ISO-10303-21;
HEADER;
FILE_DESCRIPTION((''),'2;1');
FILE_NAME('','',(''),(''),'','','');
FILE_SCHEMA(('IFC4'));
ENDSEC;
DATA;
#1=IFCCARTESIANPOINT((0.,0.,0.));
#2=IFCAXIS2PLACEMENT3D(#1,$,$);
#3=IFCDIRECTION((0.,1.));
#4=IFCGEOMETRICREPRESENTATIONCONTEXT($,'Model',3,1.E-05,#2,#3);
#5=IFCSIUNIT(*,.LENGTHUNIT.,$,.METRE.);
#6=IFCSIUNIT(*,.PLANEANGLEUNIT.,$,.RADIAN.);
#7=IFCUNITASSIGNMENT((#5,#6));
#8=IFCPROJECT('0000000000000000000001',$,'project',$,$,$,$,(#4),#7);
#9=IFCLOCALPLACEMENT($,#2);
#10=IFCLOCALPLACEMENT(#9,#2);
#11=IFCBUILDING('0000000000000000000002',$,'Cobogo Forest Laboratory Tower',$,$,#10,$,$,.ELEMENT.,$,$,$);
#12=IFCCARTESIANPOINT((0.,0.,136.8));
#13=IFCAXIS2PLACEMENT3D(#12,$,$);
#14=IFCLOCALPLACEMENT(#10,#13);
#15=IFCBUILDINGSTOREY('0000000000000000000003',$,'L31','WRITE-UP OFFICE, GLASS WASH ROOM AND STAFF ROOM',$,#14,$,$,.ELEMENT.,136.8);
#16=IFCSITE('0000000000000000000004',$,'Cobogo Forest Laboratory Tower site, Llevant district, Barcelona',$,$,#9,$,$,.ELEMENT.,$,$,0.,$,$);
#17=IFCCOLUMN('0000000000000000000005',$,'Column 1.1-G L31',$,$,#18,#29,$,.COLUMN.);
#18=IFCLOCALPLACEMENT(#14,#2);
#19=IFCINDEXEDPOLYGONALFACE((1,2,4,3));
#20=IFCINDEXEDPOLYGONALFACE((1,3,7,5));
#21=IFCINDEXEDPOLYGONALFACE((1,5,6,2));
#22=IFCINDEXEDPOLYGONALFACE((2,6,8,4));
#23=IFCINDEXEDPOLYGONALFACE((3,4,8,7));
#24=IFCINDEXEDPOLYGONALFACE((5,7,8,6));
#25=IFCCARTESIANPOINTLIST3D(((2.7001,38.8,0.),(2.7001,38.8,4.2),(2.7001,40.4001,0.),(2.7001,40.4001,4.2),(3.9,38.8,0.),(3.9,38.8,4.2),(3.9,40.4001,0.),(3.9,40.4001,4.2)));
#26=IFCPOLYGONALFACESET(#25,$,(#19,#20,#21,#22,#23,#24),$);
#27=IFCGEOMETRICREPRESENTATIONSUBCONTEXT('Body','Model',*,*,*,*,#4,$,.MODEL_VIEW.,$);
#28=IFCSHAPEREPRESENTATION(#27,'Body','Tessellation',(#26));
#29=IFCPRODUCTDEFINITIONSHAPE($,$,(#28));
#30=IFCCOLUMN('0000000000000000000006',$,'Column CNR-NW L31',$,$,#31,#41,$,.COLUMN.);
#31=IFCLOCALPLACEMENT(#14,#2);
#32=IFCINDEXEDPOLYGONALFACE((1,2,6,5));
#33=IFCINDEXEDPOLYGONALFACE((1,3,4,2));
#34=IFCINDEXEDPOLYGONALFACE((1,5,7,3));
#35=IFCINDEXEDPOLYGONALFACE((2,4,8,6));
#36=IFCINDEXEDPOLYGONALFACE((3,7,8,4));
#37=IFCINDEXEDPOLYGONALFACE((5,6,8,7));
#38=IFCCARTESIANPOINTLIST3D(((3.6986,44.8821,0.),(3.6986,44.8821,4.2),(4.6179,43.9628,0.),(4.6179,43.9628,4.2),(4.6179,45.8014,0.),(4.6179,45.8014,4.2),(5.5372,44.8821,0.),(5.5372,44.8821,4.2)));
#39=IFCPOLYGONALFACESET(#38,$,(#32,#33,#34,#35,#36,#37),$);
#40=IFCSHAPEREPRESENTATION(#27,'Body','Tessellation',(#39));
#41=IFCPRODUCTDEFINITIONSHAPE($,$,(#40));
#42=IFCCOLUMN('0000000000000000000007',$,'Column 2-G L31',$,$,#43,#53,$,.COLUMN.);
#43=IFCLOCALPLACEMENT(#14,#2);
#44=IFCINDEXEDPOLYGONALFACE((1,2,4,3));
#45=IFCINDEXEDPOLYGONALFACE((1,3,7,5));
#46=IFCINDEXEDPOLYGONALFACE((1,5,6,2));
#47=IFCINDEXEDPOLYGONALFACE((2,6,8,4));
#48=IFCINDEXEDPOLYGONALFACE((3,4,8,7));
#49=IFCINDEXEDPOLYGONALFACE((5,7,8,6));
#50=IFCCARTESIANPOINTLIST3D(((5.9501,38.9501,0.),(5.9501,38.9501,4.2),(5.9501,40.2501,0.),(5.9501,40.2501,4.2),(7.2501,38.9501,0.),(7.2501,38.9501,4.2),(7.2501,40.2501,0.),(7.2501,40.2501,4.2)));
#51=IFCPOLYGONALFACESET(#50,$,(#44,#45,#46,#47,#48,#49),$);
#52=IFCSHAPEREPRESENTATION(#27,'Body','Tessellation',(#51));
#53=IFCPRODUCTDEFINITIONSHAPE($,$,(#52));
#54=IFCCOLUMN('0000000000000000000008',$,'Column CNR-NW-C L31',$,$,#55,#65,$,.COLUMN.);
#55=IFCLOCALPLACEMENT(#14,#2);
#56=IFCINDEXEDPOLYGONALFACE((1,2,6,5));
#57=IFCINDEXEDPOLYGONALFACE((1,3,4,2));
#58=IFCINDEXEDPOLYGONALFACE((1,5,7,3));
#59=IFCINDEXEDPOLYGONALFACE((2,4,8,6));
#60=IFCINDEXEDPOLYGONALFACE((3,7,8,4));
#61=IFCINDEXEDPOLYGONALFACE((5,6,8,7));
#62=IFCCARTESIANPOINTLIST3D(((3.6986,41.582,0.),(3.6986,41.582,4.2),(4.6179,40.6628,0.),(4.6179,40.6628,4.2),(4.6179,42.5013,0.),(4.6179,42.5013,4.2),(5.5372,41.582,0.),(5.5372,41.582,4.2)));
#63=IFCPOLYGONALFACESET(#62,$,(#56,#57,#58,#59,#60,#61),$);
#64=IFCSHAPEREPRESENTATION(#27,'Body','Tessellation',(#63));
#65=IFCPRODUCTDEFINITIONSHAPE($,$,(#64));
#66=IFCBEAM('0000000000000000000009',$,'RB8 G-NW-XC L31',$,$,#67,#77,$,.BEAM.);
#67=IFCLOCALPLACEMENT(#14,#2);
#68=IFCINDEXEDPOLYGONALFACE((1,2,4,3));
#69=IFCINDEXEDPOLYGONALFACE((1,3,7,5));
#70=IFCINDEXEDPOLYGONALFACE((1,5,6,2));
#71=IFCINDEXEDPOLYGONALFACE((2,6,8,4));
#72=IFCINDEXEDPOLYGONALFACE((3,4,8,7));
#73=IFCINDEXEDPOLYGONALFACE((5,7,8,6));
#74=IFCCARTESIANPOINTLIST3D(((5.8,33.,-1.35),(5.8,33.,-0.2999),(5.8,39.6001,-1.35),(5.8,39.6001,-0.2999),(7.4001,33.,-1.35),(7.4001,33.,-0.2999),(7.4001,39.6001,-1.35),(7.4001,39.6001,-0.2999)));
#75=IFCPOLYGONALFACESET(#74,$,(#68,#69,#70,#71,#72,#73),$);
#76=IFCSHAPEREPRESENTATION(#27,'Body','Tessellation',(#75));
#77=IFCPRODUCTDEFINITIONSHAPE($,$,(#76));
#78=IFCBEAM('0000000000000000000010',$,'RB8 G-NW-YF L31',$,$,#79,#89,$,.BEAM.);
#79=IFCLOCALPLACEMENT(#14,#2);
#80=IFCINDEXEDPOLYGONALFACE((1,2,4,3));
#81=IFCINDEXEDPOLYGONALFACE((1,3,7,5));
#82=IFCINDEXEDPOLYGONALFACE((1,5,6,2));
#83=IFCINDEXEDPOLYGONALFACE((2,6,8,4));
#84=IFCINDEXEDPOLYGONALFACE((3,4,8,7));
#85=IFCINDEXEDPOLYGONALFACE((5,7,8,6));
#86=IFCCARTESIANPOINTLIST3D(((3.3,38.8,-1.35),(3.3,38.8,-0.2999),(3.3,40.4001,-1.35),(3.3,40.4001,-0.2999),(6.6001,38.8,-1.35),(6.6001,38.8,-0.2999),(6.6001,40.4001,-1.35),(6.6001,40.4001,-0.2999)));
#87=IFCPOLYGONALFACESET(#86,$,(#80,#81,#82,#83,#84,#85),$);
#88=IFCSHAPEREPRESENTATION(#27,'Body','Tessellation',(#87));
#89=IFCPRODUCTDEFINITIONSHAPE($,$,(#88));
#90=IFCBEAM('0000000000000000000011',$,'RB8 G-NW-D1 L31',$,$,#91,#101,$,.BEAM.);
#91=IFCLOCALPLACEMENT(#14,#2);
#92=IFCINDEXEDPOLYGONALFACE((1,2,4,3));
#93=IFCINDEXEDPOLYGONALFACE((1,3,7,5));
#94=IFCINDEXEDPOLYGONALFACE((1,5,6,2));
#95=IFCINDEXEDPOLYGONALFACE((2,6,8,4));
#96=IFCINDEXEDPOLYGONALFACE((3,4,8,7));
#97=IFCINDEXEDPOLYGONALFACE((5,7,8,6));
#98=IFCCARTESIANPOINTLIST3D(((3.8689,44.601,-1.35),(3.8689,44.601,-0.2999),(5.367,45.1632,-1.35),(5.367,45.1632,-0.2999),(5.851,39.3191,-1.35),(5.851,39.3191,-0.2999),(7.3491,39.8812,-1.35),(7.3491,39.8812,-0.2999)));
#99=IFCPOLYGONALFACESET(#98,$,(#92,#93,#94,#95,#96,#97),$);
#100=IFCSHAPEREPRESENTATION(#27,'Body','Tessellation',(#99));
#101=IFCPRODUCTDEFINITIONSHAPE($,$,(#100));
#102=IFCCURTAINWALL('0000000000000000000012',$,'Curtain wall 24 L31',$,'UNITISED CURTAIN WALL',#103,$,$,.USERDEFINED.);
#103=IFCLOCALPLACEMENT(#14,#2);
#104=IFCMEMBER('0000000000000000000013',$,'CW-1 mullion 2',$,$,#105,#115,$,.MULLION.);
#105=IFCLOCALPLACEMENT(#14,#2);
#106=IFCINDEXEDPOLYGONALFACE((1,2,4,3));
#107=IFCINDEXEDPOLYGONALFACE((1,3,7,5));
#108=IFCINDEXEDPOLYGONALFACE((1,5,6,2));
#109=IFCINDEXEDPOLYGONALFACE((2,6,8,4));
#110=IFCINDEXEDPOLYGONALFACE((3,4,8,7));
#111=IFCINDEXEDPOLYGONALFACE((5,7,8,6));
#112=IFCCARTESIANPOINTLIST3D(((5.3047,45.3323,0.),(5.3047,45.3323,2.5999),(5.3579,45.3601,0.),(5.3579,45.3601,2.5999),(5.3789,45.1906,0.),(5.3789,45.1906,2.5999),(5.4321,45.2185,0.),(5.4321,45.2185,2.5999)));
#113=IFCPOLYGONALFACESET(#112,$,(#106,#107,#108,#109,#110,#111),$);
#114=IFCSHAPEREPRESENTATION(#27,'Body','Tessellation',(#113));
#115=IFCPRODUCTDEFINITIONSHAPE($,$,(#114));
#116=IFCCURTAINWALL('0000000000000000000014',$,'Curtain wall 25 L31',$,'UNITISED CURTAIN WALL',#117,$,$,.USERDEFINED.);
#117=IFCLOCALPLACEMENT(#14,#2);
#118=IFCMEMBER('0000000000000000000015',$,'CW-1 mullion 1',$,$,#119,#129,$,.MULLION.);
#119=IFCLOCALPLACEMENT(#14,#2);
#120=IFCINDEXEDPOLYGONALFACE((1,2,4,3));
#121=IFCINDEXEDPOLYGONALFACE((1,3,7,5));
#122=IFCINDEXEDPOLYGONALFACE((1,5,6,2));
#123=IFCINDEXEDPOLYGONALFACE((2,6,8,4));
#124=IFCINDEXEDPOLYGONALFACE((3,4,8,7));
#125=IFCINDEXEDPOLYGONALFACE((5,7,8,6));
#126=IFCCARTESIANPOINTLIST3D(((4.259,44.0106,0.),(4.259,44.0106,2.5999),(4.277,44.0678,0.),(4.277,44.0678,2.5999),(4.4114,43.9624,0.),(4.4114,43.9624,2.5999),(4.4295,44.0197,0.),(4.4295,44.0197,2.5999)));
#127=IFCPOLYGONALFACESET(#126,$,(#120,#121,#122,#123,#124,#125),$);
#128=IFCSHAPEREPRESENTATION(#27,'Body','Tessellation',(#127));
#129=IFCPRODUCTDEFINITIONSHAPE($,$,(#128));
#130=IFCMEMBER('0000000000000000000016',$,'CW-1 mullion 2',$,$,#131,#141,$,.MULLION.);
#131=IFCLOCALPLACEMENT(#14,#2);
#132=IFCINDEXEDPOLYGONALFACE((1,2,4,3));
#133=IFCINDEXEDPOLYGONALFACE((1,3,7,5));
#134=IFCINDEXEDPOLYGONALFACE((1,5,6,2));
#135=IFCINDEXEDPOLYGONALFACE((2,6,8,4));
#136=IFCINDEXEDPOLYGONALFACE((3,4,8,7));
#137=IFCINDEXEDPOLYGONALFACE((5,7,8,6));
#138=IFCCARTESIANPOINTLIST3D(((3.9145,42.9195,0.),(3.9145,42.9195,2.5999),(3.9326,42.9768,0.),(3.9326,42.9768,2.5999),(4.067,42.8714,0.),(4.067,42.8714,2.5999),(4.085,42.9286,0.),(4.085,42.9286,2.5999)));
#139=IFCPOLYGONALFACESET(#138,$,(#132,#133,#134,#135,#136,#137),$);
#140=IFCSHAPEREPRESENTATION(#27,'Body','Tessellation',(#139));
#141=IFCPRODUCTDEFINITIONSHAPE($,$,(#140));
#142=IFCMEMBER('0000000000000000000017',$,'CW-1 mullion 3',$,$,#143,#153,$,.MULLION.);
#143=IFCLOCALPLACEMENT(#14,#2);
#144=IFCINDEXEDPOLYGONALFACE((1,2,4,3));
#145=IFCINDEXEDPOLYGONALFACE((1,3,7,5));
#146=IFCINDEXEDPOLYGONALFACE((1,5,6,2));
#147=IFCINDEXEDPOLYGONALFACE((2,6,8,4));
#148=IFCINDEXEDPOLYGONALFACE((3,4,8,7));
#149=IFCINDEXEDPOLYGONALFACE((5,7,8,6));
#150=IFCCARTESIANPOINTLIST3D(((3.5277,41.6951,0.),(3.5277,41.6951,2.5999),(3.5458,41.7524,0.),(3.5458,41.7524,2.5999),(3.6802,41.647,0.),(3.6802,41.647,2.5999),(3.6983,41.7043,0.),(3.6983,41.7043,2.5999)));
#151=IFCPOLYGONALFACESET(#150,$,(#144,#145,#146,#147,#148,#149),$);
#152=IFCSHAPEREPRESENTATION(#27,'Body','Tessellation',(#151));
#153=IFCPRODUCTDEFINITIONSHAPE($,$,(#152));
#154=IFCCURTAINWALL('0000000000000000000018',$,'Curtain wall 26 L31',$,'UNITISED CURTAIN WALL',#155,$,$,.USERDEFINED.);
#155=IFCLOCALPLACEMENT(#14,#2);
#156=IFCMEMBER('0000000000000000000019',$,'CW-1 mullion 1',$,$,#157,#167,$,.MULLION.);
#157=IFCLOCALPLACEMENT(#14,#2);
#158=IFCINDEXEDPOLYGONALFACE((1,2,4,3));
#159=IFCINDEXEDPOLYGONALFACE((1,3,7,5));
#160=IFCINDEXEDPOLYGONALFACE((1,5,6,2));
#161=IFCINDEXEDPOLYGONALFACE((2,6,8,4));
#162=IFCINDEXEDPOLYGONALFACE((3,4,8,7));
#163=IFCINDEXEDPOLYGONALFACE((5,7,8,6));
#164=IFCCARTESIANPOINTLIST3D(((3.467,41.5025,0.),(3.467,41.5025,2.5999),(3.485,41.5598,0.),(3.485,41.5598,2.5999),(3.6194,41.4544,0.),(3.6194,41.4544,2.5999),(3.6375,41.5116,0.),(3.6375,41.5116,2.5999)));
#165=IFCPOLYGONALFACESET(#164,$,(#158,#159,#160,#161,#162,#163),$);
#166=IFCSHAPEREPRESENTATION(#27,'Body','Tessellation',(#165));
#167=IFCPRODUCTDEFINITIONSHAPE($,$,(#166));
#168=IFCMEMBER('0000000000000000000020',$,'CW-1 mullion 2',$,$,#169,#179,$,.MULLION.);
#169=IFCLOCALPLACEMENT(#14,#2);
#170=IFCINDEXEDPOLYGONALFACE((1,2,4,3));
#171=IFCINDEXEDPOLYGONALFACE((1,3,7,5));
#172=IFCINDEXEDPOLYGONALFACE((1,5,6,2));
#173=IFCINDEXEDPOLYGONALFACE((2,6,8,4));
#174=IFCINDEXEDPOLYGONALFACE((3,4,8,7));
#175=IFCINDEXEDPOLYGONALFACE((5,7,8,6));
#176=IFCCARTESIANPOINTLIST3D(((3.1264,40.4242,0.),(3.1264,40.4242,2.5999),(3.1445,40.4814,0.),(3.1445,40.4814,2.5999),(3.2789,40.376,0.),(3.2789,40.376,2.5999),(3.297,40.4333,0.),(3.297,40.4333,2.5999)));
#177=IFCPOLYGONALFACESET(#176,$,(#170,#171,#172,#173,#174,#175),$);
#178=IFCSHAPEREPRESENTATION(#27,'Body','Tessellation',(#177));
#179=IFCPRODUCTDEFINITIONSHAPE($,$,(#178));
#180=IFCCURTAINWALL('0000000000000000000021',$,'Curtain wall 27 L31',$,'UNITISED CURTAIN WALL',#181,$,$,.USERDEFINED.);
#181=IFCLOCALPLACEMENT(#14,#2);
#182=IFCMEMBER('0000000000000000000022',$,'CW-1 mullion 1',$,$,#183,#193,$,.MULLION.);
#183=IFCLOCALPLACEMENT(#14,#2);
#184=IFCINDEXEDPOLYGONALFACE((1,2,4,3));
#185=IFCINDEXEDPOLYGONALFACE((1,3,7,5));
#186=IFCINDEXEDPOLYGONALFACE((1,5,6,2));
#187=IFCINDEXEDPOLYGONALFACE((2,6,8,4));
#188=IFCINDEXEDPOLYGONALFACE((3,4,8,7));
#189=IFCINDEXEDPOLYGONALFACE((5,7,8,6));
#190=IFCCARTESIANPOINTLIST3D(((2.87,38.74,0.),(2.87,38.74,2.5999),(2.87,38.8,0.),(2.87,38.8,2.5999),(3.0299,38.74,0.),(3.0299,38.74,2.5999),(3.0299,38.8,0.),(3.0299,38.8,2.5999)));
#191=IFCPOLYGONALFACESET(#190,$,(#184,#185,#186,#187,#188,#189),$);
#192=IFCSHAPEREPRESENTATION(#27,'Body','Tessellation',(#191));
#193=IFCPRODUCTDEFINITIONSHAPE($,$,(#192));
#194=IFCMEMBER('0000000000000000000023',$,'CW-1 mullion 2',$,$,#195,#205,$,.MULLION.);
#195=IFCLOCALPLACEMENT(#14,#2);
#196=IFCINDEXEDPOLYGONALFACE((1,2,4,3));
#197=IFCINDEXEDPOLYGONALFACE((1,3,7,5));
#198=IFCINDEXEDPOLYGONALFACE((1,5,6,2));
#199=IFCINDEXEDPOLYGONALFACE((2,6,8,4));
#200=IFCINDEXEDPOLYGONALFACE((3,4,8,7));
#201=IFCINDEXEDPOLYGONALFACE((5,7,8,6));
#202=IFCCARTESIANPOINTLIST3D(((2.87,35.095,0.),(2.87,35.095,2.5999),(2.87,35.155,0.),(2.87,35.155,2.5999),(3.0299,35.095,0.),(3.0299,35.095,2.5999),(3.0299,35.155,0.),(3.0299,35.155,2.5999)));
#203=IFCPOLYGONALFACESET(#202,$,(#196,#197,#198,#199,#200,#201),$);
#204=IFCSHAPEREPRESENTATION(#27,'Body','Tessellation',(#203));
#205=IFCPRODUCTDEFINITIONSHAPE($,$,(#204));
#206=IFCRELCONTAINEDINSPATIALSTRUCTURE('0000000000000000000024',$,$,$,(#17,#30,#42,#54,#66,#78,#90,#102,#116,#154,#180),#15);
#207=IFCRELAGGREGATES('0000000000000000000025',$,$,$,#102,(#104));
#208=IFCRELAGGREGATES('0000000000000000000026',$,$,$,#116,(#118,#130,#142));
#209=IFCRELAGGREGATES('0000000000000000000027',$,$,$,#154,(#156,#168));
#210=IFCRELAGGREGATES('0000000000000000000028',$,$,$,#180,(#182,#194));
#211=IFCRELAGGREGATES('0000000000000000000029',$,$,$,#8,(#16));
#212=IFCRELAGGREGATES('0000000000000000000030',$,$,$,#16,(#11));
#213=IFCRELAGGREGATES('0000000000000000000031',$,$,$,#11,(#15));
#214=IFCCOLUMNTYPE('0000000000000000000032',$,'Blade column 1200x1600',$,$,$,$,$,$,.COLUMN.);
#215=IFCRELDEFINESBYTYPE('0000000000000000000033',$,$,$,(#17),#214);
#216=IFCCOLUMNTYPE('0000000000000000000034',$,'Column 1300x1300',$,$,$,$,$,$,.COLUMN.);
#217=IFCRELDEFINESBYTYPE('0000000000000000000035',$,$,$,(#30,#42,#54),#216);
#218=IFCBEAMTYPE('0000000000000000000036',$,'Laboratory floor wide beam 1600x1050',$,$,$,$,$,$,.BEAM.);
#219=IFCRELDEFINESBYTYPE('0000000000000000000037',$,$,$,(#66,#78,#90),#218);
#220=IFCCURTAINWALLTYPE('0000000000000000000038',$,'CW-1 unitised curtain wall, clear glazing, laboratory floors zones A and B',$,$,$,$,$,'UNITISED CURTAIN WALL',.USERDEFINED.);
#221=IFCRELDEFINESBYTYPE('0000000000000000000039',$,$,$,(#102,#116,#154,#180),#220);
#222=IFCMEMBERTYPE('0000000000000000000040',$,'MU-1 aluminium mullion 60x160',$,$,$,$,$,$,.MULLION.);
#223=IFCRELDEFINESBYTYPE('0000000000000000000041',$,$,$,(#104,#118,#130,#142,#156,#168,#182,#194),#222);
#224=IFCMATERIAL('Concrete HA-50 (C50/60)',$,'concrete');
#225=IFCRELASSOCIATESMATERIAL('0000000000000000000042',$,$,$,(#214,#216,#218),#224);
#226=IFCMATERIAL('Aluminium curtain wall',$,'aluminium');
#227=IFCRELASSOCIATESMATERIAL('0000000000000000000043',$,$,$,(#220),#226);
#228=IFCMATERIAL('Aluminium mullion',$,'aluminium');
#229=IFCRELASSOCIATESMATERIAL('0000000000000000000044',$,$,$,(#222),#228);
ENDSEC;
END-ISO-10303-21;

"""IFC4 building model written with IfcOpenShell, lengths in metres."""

from ifc_helpers import new_model, si_unit, direction, frame, origin, origin_2d, place, context, subcontext, project, spatial, rectangle, extrude, material, material_profile, profile_set, type_object, element, aggregate, save


model = new_model("IFC4")

# Units and contexts
model_context = context("Model", 3, precision=1e-05, world=origin(), true_north=direction((0.0, 1.0)))
body_context = subcontext(model_context, "Body", "Model", "MODEL_VIEW")
ifc_project = project(units=[si_unit("LENGTHUNIT", "METRE"), si_unit("PLANEANGLEUNIT", "RADIAN")], contexts=[model_context])

# Site, building, storey
site_placement = place(None, origin())
site = spatial("IfcSite", under=ifc_project, at=site_placement, Name="Cobogo Forest Laboratory Tower site, Llevant district, Barcelona", CompositionType="ELEMENT", RefElevation=0.0)
building_placement = place(site_placement, origin())
building = spatial("IfcBuilding", under=site, at=building_placement, Name="Cobogo Forest Laboratory Tower", CompositionType="ELEMENT")
storey_placement = place(building_placement, frame((0.0, 0.0, 136.8)))
storey = spatial("IfcBuildingStorey", under=building, at=storey_placement, Name="L31", Description="WRITE-UP OFFICE, GLASS WASH ROOM AND STAFF ROOM", CompositionType="ELEMENT", Elevation=136.8)

# Columns
ifc_material_1 = material(Name="Concrete HA-50 (C50/60)", Category="concrete")
ifc_material_profile_1 = material_profile(ifc_material_1, rectangle(XDim=1.6001, YDim=1.2, at=origin_2d()), Name="RC 1200x1600")
ifc_profile_set_1 = profile_set([ifc_material_profile_1], Name="Concrete HA-50 (C50/60)")
column_type_1 = type_object("IfcColumnType", Name="Blade column 1200x1600", PredefinedType="COLUMN", material=ifc_profile_set_1)
column_placement = place(storey_placement, frame((3.3, 39.6001, 0.0), z_axis=(0.0, 0.0, 1.0), x_axis=(0.0, 1.0, 0.0)))
element("IfcColumn", 1, at=column_placement, inside=storey, type_object=column_type_1, Name="Column 1.1-G L31", PredefinedType="COLUMN", context=body_context, shape_type="SweptSolid", body=[
    extrude(rectangle(XDim=1.6001, YDim=1.2, at=origin_2d()), origin(), (0.0, 0.0, 1.0), 4.2),
])
ifc_material_profile_2 = material_profile(ifc_material_1, rectangle(XDim=1.3, YDim=1.3, at=origin_2d()), Name="RC 1300x1300")
ifc_profile_set_2 = profile_set([ifc_material_profile_2], Name="Concrete HA-50 (C50/60)")
column_type_2 = type_object("IfcColumnType", Name="Column 1300x1300", PredefinedType="COLUMN", material=ifc_profile_set_2)
for number, where, z_axis, x_axis, name in (
    (2, (4.6179, 44.8821, 0.0), (0.0, 0.0, 1.0), (0.707107, 0.707107, 0.0), "Column CNR-NW L31"),
    (3, (6.6001, 39.6001, 0.0), (0.0, 0.0, 1.0), (1.0, 0.0, 0.0), "Column 2-G L31"),
    (4, (4.6179, 41.582, 0.0), (0.0, 0.0, 1.0), (0.707107, 0.707107, 0.0), "Column CNR-NW-C L31"),
):
    element("IfcColumn", number, at=place(storey_placement, frame(where, z_axis=z_axis, x_axis=x_axis)), inside=storey, type_object=column_type_2, Name=name, PredefinedType="COLUMN", context=body_context, shape_type="SweptSolid", body=[
        extrude(rectangle(XDim=1.3, YDim=1.3, at=origin_2d()), origin(), (0.0, 0.0, 1.0), 4.2),
    ])

# Beams
ifc_material_profile_3 = material_profile(ifc_material_1, rectangle(XDim=1.6001, YDim=1.05, at=origin_2d()), Name="RC 1600x1050")
ifc_profile_set_3 = profile_set([ifc_material_profile_3], Name="Concrete HA-50 (C50/60)")
beam_type_1 = type_object("IfcBeamType", Name="Laboratory floor wide beam 1600x1050", PredefinedType="BEAM", material=ifc_profile_set_3)
beam_1_placement = place(storey_placement, frame((6.6001, 39.6001, -0.825), z_axis=(0.0, -1.0, 0.0), x_axis=(1.0, 0.0, 0.0)))
element("IfcBeam", 5, at=beam_1_placement, inside=storey, type_object=beam_type_1, Name="RB8 G-NW-XC L31", PredefinedType="BEAM", context=body_context, shape_type="SweptSolid", body=[
    extrude(rectangle(XDim=1.6001, YDim=1.05, at=origin_2d()), origin(), (0.0, 0.0, 1.0), 6.6001),
])
beam_2_placement = place(storey_placement, frame((3.3, 39.6001, -0.825), z_axis=(1.0, 0.0, 0.0), x_axis=(0.0, 1.0, 0.0)))
element("IfcBeam", 6, at=beam_2_placement, inside=storey, type_object=beam_type_1, Name="RB8 G-NW-YF L31", PredefinedType="BEAM", context=body_context, shape_type="SweptSolid", body=[
    extrude(rectangle(XDim=1.6001, YDim=1.05, at=origin_2d()), origin(), (0.0, 0.0, 1.0), 3.3),
])
beam_3_placement = place(storey_placement, frame((4.6179, 44.8821, -0.825), z_axis=(0.351346, -0.936246, 0.0), x_axis=(0.936246, 0.351346, 0.0)))
element("IfcBeam", 7, at=beam_3_placement, inside=storey, type_object=beam_type_1, Name="RB8 G-NW-D1 L31", PredefinedType="BEAM", context=body_context, shape_type="SweptSolid", body=[
    extrude(rectangle(XDim=1.6001, YDim=1.05, at=origin_2d()), origin(), (0.0, 0.0, 1.0), 5.6416),
])

# Curtain wall, member
ifc_material_2 = material(Name="Aluminium curtain wall", Category="aluminium")
curtain_wall_type = type_object("IfcCurtainWallType", Name="CW-1 unitised curtain wall, clear glazing, laboratory floors zones A and B", ElementType="UNITISED CURTAIN WALL", PredefinedType="USERDEFINED", material=ifc_material_2)
curtain_wall_1_placement = place(storey_placement, origin())
curtain_wall_1 = element("IfcCurtainWall", 8, at=curtain_wall_1_placement, inside=storey, type_object=curtain_wall_type, Name="Curtain wall 24 L31", ObjectType="UNITISED CURTAIN WALL", PredefinedType="USERDEFINED")
ifc_material_3 = material(Name="Aluminium mullion", Category="aluminium")
ifc_material_profile_4 = material_profile(ifc_material_3, rectangle(XDim=0.0601, YDim=0.1599, at=origin_2d()), Name="AL 60x160")
ifc_profile_set_4 = profile_set([ifc_material_profile_4], Name="Aluminium mullion")
member_type_1 = type_object("IfcMemberType", Name="MU-1 aluminium mullion 60x160", PredefinedType="MULLION", material=ifc_profile_set_4)
member_1_placement = place(storey_placement, frame((5.3684, 45.2754, 0.0), z_axis=(0.0, 0.0, 1.0), x_axis=(-0.885687, -0.464284, 0.0)))
member_1 = element("IfcMember", 9, at=member_1_placement, type_object=member_type_1, Name="CW-1 mullion 2", PredefinedType="MULLION", context=body_context, shape_type="SweptSolid", body=[
    extrude(rectangle(XDim=0.0601, YDim=0.1599, at=origin_2d()), origin(), (0.0, 0.0, 1.0), 2.5999),
])

# Curtain walls, members
curtain_wall_2_placement = place(storey_placement, origin())
curtain_wall_2 = element("IfcCurtainWall", 10, at=curtain_wall_2_placement, inside=storey, type_object=curtain_wall_type, Name="Curtain wall 25 L31", ObjectType="UNITISED CURTAIN WALL", PredefinedType="USERDEFINED")
member_2_placement = place(storey_placement, frame((4.3442, 44.0151, 0.0), z_axis=(0.0, 0.0, 1.0), x_axis=(-0.301135, -0.953581, 0.0)))
member_2 = element("IfcMember", 11, at=member_2_placement, type_object=member_type_1, Name="CW-1 mullion 1", PredefinedType="MULLION", context=body_context, shape_type="SweptSolid", body=[
    extrude(rectangle(XDim=0.0601, YDim=0.1599, at=origin_2d()), origin(), (0.0, 0.0, 1.0), 2.5999),
])
member_3_placement = place(storey_placement, frame((3.9998, 42.9241, 0.0), z_axis=(0.0, 0.0, 1.0), x_axis=(-0.301135, -0.953581, 0.0)))
member_3 = element("IfcMember", 12, at=member_3_placement, type_object=member_type_1, Name="CW-1 mullion 2", PredefinedType="MULLION", context=body_context, shape_type="SweptSolid", body=[
    extrude(rectangle(XDim=0.0601, YDim=0.1599, at=origin_2d()), origin(), (0.0, 0.0, 1.0), 2.5999),
])
member_4_placement = place(storey_placement, frame((3.613, 41.6997, 0.0), z_axis=(0.0, 0.0, 1.0), x_axis=(-0.301135, -0.953581, 0.0)))
member_4 = element("IfcMember", 13, at=member_4_placement, type_object=member_type_1, Name="CW-1 mullion 3", PredefinedType="MULLION", context=body_context, shape_type="SweptSolid", body=[
    extrude(rectangle(XDim=0.0601, YDim=0.1599, at=origin_2d()), origin(), (0.0, 0.0, 1.0), 2.5999),
])
curtain_wall_3_placement = place(storey_placement, origin())
curtain_wall_3 = element("IfcCurtainWall", 14, at=curtain_wall_3_placement, inside=storey, type_object=curtain_wall_type, Name="Curtain wall 26 L31", ObjectType="UNITISED CURTAIN WALL", PredefinedType="USERDEFINED")
member_5_placement = place(storey_placement, frame((3.5522, 41.5071, 0.0), z_axis=(0.0, 0.0, 1.0), x_axis=(-0.301136, -0.953581, 0.0)))
member_5 = element("IfcMember", 15, at=member_5_placement, type_object=member_type_1, Name="CW-1 mullion 1", PredefinedType="MULLION", context=body_context, shape_type="SweptSolid", body=[
    extrude(rectangle(XDim=0.0601, YDim=0.1599, at=origin_2d()), origin(), (0.0, 0.0, 1.0), 2.5999),
])
member_6_placement = place(storey_placement, frame((3.2117, 40.4287, 0.0), z_axis=(0.0, 0.0, 1.0), x_axis=(-0.301136, -0.953581, 0.0)))
member_6 = element("IfcMember", 16, at=member_6_placement, type_object=member_type_1, Name="CW-1 mullion 2", PredefinedType="MULLION", context=body_context, shape_type="SweptSolid", body=[
    extrude(rectangle(XDim=0.0601, YDim=0.1599, at=origin_2d()), origin(), (0.0, 0.0, 1.0), 2.5999),
])
curtain_wall_4_placement = place(storey_placement, origin())
curtain_wall_4 = element("IfcCurtainWall", 17, at=curtain_wall_4_placement, inside=storey, type_object=curtain_wall_type, Name="Curtain wall 27 L31", ObjectType="UNITISED CURTAIN WALL", PredefinedType="USERDEFINED")
member_7_placement = place(storey_placement, frame((2.95, 38.77, 0.0), z_axis=(0.0, 0.0, 1.0), x_axis=(0.0, -1.0, 0.0)))
member_7 = element("IfcMember", 18, at=member_7_placement, type_object=member_type_1, Name="CW-1 mullion 1", PredefinedType="MULLION", context=body_context, shape_type="SweptSolid", body=[
    extrude(rectangle(XDim=0.0601, YDim=0.1599, at=origin_2d()), origin(), (0.0, 0.0, 1.0), 2.5999),
])
member_8_placement = place(storey_placement, frame((2.95, 35.125, 0.0), z_axis=(0.0, 0.0, 1.0), x_axis=(0.0, -1.0, 0.0)))
member_8 = element("IfcMember", 19, at=member_8_placement, type_object=member_type_1, Name="CW-1 mullion 2", PredefinedType="MULLION", context=body_context, shape_type="SweptSolid", body=[
    extrude(rectangle(XDim=0.0601, YDim=0.1599, at=origin_2d()), origin(), (0.0, 0.0, 1.0), 2.5999),
])

aggregate(curtain_wall_1, [member_1])
aggregate(curtain_wall_2, [member_2, member_3, member_4])
aggregate(curtain_wall_3, [member_5, member_6])
aggregate(curtain_wall_4, [member_7, member_8])

save(model, "model.ifc")
